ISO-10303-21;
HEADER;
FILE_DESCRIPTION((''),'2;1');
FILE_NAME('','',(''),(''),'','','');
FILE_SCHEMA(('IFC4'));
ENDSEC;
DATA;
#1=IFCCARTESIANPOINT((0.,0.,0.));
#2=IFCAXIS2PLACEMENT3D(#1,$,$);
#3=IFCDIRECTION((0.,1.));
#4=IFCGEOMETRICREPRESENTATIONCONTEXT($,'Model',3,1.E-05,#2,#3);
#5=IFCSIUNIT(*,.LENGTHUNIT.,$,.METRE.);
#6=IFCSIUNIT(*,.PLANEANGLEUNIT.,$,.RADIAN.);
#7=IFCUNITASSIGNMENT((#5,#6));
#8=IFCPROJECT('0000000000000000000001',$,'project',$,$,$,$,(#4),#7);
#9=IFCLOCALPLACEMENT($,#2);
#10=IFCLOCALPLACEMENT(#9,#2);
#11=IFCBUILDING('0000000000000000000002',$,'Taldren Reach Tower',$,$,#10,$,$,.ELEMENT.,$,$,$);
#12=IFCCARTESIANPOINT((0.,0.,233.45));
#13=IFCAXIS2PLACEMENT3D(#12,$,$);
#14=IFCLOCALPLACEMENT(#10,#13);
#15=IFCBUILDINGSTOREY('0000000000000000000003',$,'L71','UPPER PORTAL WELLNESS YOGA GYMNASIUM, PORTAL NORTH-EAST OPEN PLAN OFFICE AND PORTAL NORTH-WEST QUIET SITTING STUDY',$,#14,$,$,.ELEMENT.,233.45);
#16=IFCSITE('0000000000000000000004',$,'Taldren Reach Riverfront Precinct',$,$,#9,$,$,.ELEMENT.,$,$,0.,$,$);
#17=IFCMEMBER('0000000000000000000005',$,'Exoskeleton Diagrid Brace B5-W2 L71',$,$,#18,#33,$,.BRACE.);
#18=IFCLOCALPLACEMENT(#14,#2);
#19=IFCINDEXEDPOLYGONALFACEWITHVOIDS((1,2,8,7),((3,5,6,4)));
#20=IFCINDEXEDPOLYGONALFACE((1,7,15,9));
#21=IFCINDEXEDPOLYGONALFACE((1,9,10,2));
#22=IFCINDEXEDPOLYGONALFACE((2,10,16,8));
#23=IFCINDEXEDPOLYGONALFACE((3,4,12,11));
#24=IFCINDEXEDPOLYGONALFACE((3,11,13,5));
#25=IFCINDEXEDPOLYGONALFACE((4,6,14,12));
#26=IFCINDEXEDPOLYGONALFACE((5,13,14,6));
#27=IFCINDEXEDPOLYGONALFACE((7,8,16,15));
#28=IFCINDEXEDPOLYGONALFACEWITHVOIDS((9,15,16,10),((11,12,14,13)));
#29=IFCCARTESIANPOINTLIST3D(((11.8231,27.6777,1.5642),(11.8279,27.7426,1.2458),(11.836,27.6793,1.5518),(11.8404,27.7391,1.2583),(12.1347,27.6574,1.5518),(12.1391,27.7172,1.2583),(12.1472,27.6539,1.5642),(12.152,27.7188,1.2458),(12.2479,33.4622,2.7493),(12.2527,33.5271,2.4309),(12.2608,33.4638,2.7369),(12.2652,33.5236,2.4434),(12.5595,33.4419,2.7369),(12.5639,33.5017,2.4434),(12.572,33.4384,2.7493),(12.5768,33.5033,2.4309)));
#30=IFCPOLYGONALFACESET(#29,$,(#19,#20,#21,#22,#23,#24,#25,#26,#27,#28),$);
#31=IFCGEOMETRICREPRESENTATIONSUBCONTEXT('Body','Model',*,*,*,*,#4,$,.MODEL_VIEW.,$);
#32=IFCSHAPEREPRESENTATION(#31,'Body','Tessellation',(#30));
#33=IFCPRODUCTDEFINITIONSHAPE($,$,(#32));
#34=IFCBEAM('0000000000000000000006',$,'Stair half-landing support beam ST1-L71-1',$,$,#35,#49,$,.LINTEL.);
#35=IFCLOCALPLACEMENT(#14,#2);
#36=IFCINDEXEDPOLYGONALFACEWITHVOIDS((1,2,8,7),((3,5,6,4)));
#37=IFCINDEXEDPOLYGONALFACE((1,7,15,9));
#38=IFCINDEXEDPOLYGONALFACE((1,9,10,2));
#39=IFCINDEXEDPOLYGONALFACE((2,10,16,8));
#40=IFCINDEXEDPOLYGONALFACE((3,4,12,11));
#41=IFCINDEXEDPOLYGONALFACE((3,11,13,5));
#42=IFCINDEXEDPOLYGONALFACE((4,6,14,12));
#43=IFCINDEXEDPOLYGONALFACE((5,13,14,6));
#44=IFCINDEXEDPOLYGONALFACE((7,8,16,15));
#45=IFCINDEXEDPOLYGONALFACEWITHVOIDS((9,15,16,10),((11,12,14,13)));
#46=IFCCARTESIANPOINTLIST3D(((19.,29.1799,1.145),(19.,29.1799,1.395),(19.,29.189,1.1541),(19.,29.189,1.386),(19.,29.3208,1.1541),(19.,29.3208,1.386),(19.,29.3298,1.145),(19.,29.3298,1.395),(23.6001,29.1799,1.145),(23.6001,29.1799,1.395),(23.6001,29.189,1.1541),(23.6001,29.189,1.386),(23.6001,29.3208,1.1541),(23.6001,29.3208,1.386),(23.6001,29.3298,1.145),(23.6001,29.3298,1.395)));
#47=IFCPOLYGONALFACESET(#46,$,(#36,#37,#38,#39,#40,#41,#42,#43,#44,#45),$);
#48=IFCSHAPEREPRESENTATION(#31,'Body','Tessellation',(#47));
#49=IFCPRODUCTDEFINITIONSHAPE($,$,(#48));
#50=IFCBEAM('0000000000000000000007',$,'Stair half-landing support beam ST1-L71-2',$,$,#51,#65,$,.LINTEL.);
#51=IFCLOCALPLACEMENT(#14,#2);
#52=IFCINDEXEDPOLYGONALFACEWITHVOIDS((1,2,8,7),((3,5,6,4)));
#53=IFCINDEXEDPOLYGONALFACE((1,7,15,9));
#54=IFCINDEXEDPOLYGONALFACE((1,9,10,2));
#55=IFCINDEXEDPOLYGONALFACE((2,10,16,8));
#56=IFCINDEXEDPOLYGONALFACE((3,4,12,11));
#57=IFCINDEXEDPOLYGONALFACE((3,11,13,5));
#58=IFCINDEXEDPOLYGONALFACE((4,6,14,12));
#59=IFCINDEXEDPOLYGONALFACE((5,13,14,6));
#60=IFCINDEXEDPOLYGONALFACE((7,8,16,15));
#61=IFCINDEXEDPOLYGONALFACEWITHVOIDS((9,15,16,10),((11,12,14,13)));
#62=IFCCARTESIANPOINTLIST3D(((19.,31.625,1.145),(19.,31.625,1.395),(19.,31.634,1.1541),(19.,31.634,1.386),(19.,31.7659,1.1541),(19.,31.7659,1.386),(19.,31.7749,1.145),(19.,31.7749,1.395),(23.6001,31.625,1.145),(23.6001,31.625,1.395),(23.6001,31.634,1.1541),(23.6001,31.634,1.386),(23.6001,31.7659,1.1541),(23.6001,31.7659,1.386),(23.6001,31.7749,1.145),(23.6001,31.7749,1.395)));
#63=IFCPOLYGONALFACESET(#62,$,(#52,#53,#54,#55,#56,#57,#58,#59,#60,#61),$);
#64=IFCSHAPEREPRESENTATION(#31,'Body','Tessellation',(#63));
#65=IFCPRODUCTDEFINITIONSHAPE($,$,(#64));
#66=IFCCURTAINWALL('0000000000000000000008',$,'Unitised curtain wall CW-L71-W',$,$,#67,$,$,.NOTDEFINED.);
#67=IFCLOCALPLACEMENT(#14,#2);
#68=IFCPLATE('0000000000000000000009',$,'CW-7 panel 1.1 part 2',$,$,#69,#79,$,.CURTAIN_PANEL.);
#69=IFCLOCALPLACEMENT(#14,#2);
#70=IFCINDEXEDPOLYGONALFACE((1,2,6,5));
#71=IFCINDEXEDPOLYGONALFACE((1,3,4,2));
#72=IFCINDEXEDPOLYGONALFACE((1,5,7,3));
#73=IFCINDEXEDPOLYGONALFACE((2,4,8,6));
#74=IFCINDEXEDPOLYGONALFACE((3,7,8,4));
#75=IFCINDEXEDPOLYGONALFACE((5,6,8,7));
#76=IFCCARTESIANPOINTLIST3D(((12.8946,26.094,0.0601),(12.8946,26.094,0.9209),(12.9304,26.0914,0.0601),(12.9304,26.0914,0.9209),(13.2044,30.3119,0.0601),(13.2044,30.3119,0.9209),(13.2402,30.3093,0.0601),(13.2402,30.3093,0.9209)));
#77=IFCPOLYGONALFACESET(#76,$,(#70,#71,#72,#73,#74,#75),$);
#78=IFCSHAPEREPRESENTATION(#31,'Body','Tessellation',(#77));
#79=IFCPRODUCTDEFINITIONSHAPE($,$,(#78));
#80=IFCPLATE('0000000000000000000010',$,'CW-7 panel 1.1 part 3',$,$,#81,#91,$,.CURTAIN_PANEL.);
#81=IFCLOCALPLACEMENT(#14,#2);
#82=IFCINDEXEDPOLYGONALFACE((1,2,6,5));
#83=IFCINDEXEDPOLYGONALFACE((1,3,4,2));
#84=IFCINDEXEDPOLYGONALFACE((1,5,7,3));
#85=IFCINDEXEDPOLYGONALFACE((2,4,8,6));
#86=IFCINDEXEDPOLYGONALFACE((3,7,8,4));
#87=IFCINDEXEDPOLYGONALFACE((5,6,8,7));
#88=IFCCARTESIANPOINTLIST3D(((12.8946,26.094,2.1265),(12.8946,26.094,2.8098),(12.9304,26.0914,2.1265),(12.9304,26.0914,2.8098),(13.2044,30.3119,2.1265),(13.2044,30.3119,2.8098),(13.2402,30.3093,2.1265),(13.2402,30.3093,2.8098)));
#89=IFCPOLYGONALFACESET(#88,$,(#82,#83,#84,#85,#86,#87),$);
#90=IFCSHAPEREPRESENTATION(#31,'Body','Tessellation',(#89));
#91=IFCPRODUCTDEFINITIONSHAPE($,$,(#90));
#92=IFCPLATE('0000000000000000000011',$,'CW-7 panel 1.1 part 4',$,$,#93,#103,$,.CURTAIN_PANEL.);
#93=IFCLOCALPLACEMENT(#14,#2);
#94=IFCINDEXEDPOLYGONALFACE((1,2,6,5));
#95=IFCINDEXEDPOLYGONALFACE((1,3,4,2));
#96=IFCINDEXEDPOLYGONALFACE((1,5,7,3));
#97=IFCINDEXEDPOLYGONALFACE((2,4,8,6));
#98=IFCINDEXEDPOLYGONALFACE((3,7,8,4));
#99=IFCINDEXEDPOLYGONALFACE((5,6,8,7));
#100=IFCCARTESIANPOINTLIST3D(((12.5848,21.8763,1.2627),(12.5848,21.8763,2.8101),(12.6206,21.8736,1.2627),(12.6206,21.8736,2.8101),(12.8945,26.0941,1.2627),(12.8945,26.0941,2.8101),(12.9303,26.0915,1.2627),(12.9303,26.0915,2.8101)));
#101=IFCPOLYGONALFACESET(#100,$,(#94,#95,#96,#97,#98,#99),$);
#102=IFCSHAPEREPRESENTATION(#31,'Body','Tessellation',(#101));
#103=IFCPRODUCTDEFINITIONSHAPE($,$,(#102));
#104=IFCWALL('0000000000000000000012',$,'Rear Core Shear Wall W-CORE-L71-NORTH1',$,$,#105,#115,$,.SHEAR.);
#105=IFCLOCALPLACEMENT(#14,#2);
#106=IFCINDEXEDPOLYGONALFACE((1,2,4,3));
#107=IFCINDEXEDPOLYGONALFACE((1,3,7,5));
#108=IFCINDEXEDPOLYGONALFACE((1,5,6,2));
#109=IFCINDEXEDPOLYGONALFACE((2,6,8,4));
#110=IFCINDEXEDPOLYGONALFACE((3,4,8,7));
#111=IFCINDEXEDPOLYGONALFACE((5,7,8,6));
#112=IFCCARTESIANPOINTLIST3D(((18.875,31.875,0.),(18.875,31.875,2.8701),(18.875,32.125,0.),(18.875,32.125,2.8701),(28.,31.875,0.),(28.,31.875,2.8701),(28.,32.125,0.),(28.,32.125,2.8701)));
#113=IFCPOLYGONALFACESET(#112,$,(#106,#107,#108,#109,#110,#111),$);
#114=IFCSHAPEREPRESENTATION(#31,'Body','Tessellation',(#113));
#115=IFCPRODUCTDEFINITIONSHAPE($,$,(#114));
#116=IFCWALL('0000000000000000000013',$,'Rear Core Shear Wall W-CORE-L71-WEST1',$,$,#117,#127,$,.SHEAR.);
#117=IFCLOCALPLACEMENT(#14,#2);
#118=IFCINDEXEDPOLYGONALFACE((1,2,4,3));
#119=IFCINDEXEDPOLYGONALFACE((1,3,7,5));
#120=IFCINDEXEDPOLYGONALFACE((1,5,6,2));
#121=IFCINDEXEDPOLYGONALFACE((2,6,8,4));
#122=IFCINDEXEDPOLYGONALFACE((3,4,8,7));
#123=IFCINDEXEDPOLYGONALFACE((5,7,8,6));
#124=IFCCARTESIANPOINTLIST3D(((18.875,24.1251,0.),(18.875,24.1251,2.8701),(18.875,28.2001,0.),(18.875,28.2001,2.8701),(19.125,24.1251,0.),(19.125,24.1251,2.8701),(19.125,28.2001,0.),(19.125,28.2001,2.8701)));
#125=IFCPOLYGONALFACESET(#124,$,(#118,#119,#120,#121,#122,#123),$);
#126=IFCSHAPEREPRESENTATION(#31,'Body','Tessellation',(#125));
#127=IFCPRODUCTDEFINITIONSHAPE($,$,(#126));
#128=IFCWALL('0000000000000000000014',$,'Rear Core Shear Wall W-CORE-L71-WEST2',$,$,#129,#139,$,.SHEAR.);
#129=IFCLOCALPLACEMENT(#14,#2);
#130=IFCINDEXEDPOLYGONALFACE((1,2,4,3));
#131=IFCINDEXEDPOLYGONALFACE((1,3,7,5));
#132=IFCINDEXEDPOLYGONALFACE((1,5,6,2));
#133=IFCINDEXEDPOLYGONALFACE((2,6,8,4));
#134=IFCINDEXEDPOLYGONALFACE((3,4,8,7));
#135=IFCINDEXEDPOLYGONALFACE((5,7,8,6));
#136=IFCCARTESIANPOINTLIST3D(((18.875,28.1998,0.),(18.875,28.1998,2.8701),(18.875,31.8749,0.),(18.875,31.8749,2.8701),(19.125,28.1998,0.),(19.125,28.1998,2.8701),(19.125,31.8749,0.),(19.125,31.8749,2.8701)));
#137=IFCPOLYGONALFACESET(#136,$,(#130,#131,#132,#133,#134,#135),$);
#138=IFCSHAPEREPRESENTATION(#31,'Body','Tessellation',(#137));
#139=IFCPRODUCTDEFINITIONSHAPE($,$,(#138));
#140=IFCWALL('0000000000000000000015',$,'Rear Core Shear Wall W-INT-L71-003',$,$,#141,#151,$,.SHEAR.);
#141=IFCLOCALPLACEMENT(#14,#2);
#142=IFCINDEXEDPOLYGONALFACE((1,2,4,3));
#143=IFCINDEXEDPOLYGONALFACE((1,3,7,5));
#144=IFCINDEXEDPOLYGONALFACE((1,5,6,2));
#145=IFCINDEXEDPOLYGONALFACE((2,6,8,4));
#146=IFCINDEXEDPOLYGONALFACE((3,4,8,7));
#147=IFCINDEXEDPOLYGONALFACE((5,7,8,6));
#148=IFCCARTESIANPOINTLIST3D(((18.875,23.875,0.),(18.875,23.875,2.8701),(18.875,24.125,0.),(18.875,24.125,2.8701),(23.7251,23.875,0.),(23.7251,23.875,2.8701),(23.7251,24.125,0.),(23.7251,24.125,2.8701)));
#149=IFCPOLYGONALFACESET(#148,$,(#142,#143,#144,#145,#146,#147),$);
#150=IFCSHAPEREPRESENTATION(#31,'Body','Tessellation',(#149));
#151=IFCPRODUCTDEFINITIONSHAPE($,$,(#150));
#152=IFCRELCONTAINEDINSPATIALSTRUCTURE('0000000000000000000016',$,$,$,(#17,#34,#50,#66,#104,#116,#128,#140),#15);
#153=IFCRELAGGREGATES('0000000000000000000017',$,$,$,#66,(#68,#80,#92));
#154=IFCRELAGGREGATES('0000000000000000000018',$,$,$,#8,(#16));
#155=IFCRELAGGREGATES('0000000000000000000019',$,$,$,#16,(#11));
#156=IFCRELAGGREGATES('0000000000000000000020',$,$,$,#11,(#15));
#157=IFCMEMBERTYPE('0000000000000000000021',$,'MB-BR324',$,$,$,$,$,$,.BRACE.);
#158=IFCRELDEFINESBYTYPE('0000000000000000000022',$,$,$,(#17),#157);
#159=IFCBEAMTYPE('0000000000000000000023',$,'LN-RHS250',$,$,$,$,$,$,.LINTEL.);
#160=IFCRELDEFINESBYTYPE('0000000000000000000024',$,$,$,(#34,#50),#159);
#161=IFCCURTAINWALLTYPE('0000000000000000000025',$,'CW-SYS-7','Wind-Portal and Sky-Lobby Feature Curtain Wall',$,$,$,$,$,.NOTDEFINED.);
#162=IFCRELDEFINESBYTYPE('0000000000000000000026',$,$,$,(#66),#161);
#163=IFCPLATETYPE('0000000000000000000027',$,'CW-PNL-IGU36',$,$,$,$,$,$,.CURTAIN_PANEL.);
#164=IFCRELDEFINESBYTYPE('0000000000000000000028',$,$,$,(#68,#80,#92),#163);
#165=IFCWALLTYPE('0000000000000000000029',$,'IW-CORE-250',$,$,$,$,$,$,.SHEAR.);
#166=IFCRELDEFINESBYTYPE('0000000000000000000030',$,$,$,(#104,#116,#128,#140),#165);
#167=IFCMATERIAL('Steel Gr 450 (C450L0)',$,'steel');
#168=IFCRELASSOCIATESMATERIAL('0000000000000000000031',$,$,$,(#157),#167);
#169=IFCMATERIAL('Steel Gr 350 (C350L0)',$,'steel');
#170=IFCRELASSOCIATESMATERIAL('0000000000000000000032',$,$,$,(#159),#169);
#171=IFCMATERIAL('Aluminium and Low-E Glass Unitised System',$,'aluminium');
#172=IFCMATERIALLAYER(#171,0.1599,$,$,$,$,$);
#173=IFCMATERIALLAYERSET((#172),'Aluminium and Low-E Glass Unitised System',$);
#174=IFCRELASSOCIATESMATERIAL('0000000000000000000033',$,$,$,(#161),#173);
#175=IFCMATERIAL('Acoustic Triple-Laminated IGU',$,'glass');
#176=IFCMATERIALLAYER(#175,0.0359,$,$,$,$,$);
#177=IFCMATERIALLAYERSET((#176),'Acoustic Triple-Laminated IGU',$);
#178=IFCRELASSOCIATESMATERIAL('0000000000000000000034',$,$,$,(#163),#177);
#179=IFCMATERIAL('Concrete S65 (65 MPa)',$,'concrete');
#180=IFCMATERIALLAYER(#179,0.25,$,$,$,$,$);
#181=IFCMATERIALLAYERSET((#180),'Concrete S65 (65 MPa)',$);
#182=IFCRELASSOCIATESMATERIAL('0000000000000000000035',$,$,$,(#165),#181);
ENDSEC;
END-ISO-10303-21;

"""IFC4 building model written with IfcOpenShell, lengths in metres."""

from ifc_helpers import new_model, si_unit, direction, frame, frame_2d, origin, origin_2d, place, context, subcontext, project, spatial, rectangle, hollow_rectangle, extrude, source, transform, mapped, material, layer, layer_set, material_profile, profile_set, type_object, element, aggregate, save


model = new_model("IFC4")

# Units and contexts
model_context = context("Model", 3, precision=1e-05, world=origin(), true_north=direction((0.0, 1.0)))
body_context = subcontext(model_context, "Body", "Model", "MODEL_VIEW")
ifc_project = project(units=[si_unit("LENGTHUNIT", "METRE"), si_unit("PLANEANGLEUNIT", "RADIAN")], contexts=[model_context])

# Site, building, storey
site_placement = place(None, origin())
site = spatial("IfcSite", under=ifc_project, at=site_placement, Name="Taldren Reach Riverfront Precinct", CompositionType="ELEMENT", RefElevation=0.0)
building_placement = place(site_placement, origin())
building = spatial("IfcBuilding", under=site, at=building_placement, Name="Taldren Reach Tower", CompositionType="ELEMENT")
storey_placement = place(building_placement, frame((0.0, 0.0, 233.45)))
storey = spatial("IfcBuildingStorey", under=building, at=storey_placement, Name="L71", Description="UPPER PORTAL WELLNESS YOGA GYMNASIUM, PORTAL NORTH-EAST OPEN PLAN OFFICE AND PORTAL NORTH-WEST QUIET SITTING STUDY", CompositionType="ELEMENT", Elevation=233.45)

# Shared definitions
ifc_material_1 = material(Name="Steel Gr 450 (C450L0)", Category="steel")

# Member
ifc_material_profile_1 = material_profile(ifc_material_1, hollow_rectangle(XDim=0.325, YDim=0.325, WallThickness=0.0127, at=origin_2d()), Name="325x325x12.7SHS")
ifc_profile_set_1 = profile_set([ifc_material_profile_1], Name="Steel Gr 450 (C450L0)")
member_type = type_object("IfcMemberType", Name="MB-BR324", PredefinedType="BRACE", material=ifc_profile_set_1)
shared_shape_1 = source(origin(), body_context, "Body", "SweptSolid", [
    extrude(hollow_rectangle(XDim=0.325, YDim=0.325, WallThickness=0.0127, at=origin_2d()), origin(), (0.0, 0.0, 1.0), 5.9199),
])
member_placement = place(storey_placement, frame((11.9875, 27.6982, 1.405), z_axis=(0.07176, 0.977127, 0.200185), x_axis=(-0.997314, 0.073242, 0.0)))
element("IfcMember", 1, at=member_placement, inside=storey, type_object=member_type, Name="Exoskeleton Diagrid Brace B5-W2 L71", PredefinedType="BRACE", context=body_context, shape_type="MappedRepresentation", body=[
    mapped(shared_shape_1, transform((0.0, 0.0, 0.0), scale=1.0)),
])

# Beams
ifc_material_2 = material(Name="Steel Gr 350 (C350L0)", Category="steel")
ifc_material_profile_2 = material_profile(ifc_material_2, hollow_rectangle(XDim=0.1499, YDim=0.25, WallThickness=0.009, at=origin_2d()), Name="250x150x9.0RHS")
ifc_profile_set_2 = profile_set([ifc_material_profile_2], Name="Steel Gr 350 (C350L0)")
beam_type_1 = type_object("IfcBeamType", Name="LN-RHS250", PredefinedType="LINTEL", material=ifc_profile_set_2)
shared_shape_2 = source(origin(), body_context, "Body", "SweptSolid", [
    extrude(hollow_rectangle(XDim=0.1499, YDim=0.25, WallThickness=0.009, at=origin_2d()), origin(), (0.0, 0.0, 1.0), 4.6001),
])
for number, where, z_axis, x_axis, name in (
    (2, (19.0, 29.2549, 1.27), (1.0, 0.0, 0.0), (0.0, 1.0, 0.0), "Stair half-landing support beam ST1-L71-1"),
    (3, (19.0, 31.7, 1.27), (1.0, 0.0, 0.0), (0.0, 1.0, 0.0), "Stair half-landing support beam ST1-L71-2"),
):
    element("IfcBeam", number, at=place(storey_placement, frame(where, z_axis=z_axis, x_axis=x_axis)), inside=storey, type_object=beam_type_1, Name=name, PredefinedType="LINTEL", context=body_context, shape_type="MappedRepresentation", body=[
        mapped(shared_shape_2, transform((0.0, 0.0, 0.0), scale=1.0)),
    ])

# Curtain wall, plates
ifc_material_3 = material(Name="Aluminium and Low-E Glass Unitised System", Category="aluminium")
ifc_layer_1 = layer(ifc_material_3, 0.1599)
ifc_layer_set_1 = layer_set([ifc_layer_1], Name="Aluminium and Low-E Glass Unitised System")
curtain_wall_type = type_object("IfcCurtainWallType", Name="CW-SYS-7", Description="Wind-Portal and Sky-Lobby Feature Curtain Wall", PredefinedType="NOTDEFINED", material=ifc_layer_set_1)
curtain_wall_placement = place(storey_placement, origin())
curtain_wall = element("IfcCurtainWall", 4, at=curtain_wall_placement, inside=storey, type_object=curtain_wall_type, Name="Unitised curtain wall CW-L71-W", PredefinedType="NOTDEFINED")
ifc_material_4 = material(Name="Acoustic Triple-Laminated IGU", Category="glass")
ifc_layer_2 = layer(ifc_material_4, 0.0359)
ifc_layer_set_2 = layer_set([ifc_layer_2], Name="Acoustic Triple-Laminated IGU")
plate_type = type_object("IfcPlateType", Name="CW-PNL-IGU36", PredefinedType="CURTAIN_PANEL", material=ifc_layer_set_2)
shared_shape_3 = source(origin(), body_context, "Body", "SweptSolid", [
    extrude(rectangle(XDim=4.2292, YDim=0.0359, at=origin_2d()), origin(), (0.0, 0.0, 1.0), 0.8608),
])
plate_1_placement = place(storey_placement, frame((13.0674, 28.2017, 0.0601), z_axis=(0.0, 0.0, 1.0), x_axis=(-0.073238, -0.997314, 0.0)))
plate_1 = element("IfcPlate", 5, at=plate_1_placement, type_object=plate_type, Name="CW-7 panel 1.1 part 2", PredefinedType="CURTAIN_PANEL", context=body_context, shape_type="MappedRepresentation", body=[
    mapped(shared_shape_3, transform((0.0, 0.0, 0.0), scale=1.0)),
])
shared_shape_4 = source(origin(), body_context, "Body", "SweptSolid", [
    extrude(rectangle(XDim=4.2292, YDim=0.0359, at=origin_2d()), origin(), (0.0, 0.0, 1.0), 0.6833),
])
plate_2_placement = place(storey_placement, frame((13.0674, 28.2017, 2.1265), z_axis=(0.0, 0.0, 1.0), x_axis=(-0.073238, -0.997314, 0.0)))
plate_2 = element("IfcPlate", 6, at=plate_2_placement, type_object=plate_type, Name="CW-7 panel 1.1 part 3", PredefinedType="CURTAIN_PANEL", context=body_context, shape_type="MappedRepresentation", body=[
    mapped(shared_shape_4, transform((0.0, 0.0, 0.0), scale=1.0)),
])
shared_shape_5 = source(origin(), body_context, "Body", "SweptSolid", [
    extrude(rectangle(XDim=4.2292, YDim=0.0359, at=origin_2d()), origin(), (0.0, 0.0, 1.0), 1.5474),
])
plate_3_placement = place(storey_placement, frame((12.7576, 23.9839, 1.2627), z_axis=(0.0, 0.0, 1.0), x_axis=(-0.073238, -0.997314, 0.0)))
plate_3 = element("IfcPlate", 7, at=plate_3_placement, type_object=plate_type, Name="CW-7 panel 1.1 part 4", PredefinedType="CURTAIN_PANEL", context=body_context, shape_type="MappedRepresentation", body=[
    mapped(shared_shape_5, transform((0.0, 0.0, 0.0), scale=1.0)),
])
aggregate(curtain_wall, [plate_1, plate_2, plate_3])

# Walls
ifc_material_5 = material(Name="Concrete S65 (65 MPa)", Category="concrete")
ifc_layer_3 = layer(ifc_material_5, 0.25)
ifc_layer_set_3 = layer_set([ifc_layer_3], Name="Concrete S65 (65 MPa)")
wall_type_1 = type_object("IfcWallType", Name="IW-CORE-250", PredefinedType="SHEAR", material=ifc_layer_set_3)
shared_shape_6 = source(origin(), body_context, "Body", "SweptSolid", [
    extrude(rectangle(XDim=9.125, YDim=0.25, at=frame_2d((4.5625, 0.0))), origin(), (0.0, 0.0, 1.0), 2.8701),
])
wall_1_placement = place(storey_placement, frame((18.875, 32.0, 0.0), z_axis=(0.0, 0.0, 1.0), x_axis=(1.0, 0.0, 0.0)))
element("IfcWall", 8, at=wall_1_placement, inside=storey, type_object=wall_type_1, Name="Rear Core Shear Wall W-CORE-L71-NORTH1", PredefinedType="SHEAR", context=body_context, shape_type="MappedRepresentation", body=[
    mapped(shared_shape_6, transform((0.0, 0.0, 0.0), scale=1.0)),
])
shared_shape_7 = source(origin(), body_context, "Body", "SweptSolid", [
    extrude(rectangle(XDim=4.075, YDim=0.25, at=frame_2d((2.0376, 0.0))), origin(), (0.0, 0.0, 1.0), 2.8701),
])
wall_2_placement = place(storey_placement, frame((19.0, 24.125, 0.0), z_axis=(0.0, 0.0, 1.0), x_axis=(0.0, 1.0, 0.0)))
element("IfcWall", 9, at=wall_2_placement, inside=storey, type_object=wall_type_1, Name="Rear Core Shear Wall W-CORE-L71-WEST1", PredefinedType="SHEAR", context=body_context, shape_type="MappedRepresentation", body=[
    mapped(shared_shape_7, transform((0.0, 0.0, 0.0), scale=1.0)),
])
shared_shape_8 = source(origin(), body_context, "Body", "SweptSolid", [
    extrude(rectangle(XDim=3.675, YDim=0.25, at=frame_2d((1.8374, 0.0))), origin(), (0.0, 0.0, 1.0), 2.8701),
])
wall_3_placement = place(storey_placement, frame((19.0, 28.2, 0.0), z_axis=(0.0, 0.0, 1.0), x_axis=(0.0, 1.0, 0.0)))
element("IfcWall", 10, at=wall_3_placement, inside=storey, type_object=wall_type_1, Name="Rear Core Shear Wall W-CORE-L71-WEST2", PredefinedType="SHEAR", context=body_context, shape_type="MappedRepresentation", body=[
    mapped(shared_shape_8, transform((0.0, 0.0, 0.0), scale=1.0)),
])
shared_shape_9 = source(origin(), body_context, "Body", "SweptSolid", [
    extrude(rectangle(XDim=4.8501, YDim=0.25, at=frame_2d((2.425, 0.0))), origin(), (0.0, 0.0, 1.0), 2.8701),
])
wall_4_placement = place(storey_placement, frame((18.875, 24.0, 0.0), z_axis=(0.0, 0.0, 1.0), x_axis=(1.0, 0.0, 0.0)))
element("IfcWall", 11, at=wall_4_placement, inside=storey, type_object=wall_type_1, Name="Rear Core Shear Wall W-INT-L71-003", PredefinedType="SHEAR", context=body_context, shape_type="MappedRepresentation", body=[
    mapped(shared_shape_9, transform((0.0, 0.0, 0.0), scale=1.0)),
])

save(model, "model.ifc")
